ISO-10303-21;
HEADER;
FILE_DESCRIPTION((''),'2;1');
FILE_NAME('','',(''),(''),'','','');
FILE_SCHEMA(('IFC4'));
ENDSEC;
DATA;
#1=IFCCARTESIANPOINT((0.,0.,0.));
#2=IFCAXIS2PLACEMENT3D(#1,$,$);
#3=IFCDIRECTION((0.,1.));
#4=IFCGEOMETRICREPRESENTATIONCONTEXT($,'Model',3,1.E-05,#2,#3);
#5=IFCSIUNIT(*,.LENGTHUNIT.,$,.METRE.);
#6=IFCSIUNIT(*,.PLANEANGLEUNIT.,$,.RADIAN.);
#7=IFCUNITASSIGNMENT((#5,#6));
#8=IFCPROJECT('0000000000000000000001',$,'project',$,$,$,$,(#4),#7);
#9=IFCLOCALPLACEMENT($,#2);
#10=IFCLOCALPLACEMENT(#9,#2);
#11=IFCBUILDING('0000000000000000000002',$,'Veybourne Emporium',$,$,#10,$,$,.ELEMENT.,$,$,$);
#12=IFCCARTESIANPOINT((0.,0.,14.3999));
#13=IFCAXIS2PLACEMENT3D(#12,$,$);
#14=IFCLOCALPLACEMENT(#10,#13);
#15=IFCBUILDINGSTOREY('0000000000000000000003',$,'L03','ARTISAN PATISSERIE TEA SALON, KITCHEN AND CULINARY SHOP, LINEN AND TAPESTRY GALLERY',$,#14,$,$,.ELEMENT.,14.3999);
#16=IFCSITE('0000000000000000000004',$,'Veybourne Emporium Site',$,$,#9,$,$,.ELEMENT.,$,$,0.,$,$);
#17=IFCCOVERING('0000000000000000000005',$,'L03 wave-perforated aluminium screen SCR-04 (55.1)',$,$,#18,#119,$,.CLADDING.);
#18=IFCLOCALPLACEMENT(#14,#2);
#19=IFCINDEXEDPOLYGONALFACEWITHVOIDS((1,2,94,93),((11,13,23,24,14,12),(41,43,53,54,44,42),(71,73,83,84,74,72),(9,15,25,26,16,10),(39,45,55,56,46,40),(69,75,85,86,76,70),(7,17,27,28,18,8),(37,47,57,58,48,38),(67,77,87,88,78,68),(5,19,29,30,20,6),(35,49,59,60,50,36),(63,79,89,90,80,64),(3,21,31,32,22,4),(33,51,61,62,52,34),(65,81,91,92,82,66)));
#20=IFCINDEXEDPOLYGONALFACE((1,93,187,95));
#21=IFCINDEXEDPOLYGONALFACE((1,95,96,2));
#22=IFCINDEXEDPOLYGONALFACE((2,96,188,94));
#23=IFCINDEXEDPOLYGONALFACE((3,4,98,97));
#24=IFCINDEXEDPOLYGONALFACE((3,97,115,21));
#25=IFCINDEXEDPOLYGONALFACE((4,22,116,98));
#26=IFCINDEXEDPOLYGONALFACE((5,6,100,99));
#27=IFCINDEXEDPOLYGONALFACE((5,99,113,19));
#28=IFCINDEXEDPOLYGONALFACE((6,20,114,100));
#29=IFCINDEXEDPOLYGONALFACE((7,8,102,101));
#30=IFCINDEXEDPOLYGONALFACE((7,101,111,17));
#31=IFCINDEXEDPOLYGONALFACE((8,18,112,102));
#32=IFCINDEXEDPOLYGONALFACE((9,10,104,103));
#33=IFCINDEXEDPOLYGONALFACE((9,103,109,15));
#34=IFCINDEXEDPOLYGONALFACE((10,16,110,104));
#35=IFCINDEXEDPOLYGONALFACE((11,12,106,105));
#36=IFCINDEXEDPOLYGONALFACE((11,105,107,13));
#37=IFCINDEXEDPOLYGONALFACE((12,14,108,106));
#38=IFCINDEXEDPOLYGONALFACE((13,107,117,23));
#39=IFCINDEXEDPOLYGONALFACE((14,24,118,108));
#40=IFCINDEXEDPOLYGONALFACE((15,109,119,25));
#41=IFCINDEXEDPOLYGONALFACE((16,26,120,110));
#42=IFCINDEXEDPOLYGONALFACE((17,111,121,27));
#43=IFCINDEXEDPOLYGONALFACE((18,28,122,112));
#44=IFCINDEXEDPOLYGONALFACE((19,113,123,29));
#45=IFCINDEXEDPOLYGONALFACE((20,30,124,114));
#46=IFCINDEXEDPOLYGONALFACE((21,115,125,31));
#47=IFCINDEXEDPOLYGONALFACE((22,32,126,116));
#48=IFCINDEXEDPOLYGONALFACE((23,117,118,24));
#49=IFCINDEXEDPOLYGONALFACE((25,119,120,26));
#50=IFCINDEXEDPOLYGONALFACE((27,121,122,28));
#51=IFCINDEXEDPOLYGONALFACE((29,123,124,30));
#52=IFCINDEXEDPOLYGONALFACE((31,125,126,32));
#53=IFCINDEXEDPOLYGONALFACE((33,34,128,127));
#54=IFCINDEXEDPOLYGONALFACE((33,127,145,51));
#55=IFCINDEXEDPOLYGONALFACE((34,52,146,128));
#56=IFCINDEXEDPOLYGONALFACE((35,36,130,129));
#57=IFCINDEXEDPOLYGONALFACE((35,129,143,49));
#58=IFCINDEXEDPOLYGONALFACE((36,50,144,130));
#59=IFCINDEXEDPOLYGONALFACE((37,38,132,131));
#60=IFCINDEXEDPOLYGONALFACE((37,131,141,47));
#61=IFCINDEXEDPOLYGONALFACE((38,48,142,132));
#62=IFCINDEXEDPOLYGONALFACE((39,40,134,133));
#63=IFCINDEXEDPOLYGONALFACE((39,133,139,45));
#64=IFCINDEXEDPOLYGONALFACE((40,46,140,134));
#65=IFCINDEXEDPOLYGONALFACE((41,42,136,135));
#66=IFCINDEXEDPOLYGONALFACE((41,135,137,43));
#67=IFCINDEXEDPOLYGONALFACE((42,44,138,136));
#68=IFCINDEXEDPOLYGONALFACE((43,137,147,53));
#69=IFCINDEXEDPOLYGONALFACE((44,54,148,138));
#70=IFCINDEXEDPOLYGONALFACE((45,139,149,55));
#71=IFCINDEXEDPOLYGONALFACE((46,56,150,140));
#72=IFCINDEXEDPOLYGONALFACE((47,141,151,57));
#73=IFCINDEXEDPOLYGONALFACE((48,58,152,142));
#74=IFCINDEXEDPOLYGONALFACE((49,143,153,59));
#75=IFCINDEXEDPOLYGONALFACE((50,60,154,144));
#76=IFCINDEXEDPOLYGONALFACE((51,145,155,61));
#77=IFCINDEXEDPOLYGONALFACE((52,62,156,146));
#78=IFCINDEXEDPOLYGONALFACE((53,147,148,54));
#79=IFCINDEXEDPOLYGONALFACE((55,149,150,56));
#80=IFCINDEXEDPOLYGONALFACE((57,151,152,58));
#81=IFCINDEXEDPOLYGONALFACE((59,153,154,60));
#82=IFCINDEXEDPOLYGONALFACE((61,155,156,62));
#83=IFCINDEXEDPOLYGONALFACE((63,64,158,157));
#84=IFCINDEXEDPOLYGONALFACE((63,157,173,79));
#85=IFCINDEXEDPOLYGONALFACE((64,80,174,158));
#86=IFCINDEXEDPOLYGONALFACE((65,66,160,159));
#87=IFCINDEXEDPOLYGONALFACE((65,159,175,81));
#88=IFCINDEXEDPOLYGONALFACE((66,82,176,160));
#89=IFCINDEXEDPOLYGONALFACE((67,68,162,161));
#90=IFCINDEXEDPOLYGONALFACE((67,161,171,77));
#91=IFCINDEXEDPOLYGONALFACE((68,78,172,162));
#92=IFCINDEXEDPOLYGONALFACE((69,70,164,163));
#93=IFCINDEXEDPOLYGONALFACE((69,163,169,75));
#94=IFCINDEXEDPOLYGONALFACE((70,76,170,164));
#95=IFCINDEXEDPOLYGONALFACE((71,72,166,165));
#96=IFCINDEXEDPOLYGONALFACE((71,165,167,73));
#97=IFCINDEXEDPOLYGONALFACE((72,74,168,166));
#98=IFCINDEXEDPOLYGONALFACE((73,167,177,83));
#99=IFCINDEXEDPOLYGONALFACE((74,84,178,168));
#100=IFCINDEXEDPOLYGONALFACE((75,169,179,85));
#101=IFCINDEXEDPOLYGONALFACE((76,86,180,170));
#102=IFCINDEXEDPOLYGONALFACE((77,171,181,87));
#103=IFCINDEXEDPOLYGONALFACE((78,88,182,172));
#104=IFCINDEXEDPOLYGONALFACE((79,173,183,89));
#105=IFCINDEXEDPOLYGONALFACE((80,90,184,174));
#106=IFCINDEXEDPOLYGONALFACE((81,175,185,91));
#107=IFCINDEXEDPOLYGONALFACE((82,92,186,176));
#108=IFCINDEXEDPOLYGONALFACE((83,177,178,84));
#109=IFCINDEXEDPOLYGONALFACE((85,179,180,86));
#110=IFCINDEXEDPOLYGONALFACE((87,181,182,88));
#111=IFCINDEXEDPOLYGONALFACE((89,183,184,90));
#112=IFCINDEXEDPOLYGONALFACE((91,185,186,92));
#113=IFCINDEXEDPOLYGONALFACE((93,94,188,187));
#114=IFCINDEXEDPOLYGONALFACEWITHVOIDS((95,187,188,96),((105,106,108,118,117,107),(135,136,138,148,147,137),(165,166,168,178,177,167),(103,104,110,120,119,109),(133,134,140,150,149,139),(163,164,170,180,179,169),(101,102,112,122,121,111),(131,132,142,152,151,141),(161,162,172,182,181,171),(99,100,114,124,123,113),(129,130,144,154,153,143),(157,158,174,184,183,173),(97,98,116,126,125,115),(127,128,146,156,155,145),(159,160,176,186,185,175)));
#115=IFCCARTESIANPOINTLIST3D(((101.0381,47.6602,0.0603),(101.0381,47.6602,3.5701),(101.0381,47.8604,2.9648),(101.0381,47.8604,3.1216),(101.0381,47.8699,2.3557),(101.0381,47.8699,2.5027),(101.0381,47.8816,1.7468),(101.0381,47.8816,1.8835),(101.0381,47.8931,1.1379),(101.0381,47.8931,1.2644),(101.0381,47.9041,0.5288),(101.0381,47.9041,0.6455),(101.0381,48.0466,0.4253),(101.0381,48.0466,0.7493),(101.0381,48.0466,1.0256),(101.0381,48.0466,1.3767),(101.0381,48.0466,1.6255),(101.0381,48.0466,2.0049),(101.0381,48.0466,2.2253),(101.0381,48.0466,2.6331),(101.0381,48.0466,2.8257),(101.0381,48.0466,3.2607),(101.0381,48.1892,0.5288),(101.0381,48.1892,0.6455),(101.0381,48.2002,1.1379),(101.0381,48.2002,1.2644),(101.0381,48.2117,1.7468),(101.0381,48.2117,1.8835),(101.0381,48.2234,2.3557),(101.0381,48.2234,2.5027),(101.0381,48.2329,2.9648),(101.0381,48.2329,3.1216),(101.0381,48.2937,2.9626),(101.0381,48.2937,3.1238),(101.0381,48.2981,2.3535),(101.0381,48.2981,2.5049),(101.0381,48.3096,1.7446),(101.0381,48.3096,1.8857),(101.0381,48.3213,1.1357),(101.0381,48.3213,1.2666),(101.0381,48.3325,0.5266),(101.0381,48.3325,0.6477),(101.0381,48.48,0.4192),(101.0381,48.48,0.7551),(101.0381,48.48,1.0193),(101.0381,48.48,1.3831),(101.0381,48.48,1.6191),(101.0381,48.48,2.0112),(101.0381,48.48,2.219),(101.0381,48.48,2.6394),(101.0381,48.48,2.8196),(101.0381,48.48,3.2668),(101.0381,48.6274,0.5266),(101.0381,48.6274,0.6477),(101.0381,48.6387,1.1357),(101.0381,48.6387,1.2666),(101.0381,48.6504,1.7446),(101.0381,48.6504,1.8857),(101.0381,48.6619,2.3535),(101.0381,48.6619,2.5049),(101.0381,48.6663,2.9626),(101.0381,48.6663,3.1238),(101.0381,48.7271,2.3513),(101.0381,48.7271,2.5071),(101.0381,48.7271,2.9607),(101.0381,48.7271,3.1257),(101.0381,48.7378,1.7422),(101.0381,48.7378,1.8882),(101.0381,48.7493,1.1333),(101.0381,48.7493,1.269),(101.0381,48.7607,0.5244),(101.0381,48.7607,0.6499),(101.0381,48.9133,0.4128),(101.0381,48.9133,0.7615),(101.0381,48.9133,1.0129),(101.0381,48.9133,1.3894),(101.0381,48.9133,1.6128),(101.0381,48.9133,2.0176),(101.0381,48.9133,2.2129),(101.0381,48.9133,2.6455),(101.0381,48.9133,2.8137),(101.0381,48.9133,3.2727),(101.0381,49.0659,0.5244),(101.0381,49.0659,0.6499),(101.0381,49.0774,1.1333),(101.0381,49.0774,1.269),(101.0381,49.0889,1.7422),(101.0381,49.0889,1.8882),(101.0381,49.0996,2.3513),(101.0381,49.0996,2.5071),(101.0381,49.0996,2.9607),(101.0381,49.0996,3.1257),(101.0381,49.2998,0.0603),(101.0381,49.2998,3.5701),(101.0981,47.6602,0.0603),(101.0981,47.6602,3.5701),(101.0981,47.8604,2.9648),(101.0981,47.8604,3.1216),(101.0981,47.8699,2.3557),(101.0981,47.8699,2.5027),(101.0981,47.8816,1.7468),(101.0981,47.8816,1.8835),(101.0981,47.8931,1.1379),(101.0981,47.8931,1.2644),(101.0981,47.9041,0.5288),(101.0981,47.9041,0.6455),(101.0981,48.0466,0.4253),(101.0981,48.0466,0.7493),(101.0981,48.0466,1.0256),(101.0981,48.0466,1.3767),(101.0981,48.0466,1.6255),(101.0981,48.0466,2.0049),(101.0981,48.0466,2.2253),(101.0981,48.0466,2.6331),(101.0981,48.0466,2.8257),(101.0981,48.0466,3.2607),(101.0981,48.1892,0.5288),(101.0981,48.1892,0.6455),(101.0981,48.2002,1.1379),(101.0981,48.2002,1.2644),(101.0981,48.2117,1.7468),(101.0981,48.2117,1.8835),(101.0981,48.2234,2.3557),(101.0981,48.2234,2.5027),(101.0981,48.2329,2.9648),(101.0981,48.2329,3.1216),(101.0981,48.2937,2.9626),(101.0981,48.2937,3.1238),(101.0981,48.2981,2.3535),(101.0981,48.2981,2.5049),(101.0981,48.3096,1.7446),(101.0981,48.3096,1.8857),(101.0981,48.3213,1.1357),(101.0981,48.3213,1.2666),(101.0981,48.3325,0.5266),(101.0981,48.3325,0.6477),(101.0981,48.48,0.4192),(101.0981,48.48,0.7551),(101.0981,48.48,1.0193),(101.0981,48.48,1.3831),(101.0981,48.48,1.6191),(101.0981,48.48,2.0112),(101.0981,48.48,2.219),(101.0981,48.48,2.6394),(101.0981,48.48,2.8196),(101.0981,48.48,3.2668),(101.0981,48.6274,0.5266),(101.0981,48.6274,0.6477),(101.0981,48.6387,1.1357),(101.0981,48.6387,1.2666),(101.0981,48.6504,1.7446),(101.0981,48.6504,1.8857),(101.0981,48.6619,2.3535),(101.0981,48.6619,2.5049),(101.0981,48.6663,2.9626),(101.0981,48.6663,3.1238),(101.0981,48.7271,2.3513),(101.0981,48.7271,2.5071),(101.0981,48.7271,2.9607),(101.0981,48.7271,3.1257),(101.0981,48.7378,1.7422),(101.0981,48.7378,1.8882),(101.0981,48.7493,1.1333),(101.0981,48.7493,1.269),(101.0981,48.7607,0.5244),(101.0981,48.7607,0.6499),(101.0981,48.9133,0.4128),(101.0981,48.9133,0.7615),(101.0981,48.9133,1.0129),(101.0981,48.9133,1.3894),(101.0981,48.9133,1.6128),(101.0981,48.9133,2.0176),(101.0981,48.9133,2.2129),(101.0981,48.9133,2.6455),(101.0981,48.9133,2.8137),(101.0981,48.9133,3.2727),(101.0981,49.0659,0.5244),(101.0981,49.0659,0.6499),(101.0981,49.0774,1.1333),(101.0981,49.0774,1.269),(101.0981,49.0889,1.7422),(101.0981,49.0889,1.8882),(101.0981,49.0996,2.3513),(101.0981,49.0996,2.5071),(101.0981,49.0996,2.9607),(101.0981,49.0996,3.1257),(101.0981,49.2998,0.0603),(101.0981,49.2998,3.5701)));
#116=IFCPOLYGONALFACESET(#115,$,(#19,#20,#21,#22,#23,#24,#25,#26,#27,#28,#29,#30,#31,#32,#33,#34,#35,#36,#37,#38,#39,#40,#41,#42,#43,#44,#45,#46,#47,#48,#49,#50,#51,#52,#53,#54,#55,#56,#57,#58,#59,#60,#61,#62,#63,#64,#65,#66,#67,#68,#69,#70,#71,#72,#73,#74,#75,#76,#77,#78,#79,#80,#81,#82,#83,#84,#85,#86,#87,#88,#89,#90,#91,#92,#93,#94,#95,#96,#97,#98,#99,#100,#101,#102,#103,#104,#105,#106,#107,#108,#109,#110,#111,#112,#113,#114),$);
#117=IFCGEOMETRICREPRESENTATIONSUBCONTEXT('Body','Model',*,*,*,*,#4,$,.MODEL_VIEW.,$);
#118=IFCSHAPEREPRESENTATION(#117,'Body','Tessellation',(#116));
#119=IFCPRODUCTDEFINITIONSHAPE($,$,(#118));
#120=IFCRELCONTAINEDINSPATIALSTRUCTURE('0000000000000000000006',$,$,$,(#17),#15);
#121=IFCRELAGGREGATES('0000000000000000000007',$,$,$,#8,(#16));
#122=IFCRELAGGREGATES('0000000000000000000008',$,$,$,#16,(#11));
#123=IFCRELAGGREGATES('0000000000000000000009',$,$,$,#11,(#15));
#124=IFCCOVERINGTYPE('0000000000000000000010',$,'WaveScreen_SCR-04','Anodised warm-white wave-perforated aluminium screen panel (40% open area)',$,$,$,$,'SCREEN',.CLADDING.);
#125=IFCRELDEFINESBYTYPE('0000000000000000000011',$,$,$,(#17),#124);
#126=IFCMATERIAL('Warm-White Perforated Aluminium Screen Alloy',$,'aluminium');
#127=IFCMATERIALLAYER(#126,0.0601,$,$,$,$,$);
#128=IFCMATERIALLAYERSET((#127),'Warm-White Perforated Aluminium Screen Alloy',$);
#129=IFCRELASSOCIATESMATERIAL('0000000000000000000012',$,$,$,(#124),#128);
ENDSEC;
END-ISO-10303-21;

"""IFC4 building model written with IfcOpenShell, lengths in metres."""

from ifc_helpers import new_model, si_unit, direction, frame, origin, place, context, subcontext, project, spatial, polyline, outline, extrude, material, layer, layer_set, type_object, element, save


model = new_model("IFC4")

# Units and contexts
model_context = context("Model", 3, precision=1e-05, world=origin(), true_north=direction((0.0, 1.0)))
body_context = subcontext(model_context, "Body", "Model", "MODEL_VIEW")
ifc_project = project(units=[si_unit("LENGTHUNIT", "METRE"), si_unit("PLANEANGLEUNIT", "RADIAN")], contexts=[model_context])

# Site, building, storey
site_placement = place(None, origin())
site = spatial("IfcSite", under=ifc_project, at=site_placement, Name="Veybourne Emporium Site", CompositionType="ELEMENT", RefElevation=0.0)
building_placement = place(site_placement, origin())
building = spatial("IfcBuilding", under=site, at=building_placement, Name="Veybourne Emporium", CompositionType="ELEMENT")
storey_placement = place(building_placement, frame((0.0, 0.0, 14.3999)))
storey = spatial("IfcBuildingStorey", under=building, at=storey_placement, Name="L03", Description="ARTISAN PATISSERIE TEA SALON, KITCHEN AND CULINARY SHOP, LINEN AND TAPESTRY GALLERY", CompositionType="ELEMENT", Elevation=14.3999)

# Covering
ifc_material_1 = material(Name="Warm-White Perforated Aluminium Screen Alloy", Category="aluminium")
ifc_layer_1 = layer(ifc_material_1, 0.0601)
ifc_layer_set_1 = layer_set([ifc_layer_1], Name="Warm-White Perforated Aluminium Screen Alloy")
covering_type_1 = type_object("IfcCoveringType", Name="WaveScreen_SCR-04", Description="Anodised warm-white wave-perforated aluminium screen panel (40% open area)", ElementType="SCREEN", PredefinedType="CLADDING", material=ifc_layer_set_1)
covering_1_placement = place(storey_placement, frame((101.0981, 48.48, 1.8152), z_axis=(-1.0, 0.0, 0.0), x_axis=(0.0, -1.0, 0.0)))
element("IfcCovering", 1, at=covering_1_placement, inside=storey, type_object=covering_type_1, Name="L03 wave-perforated aluminium screen SCR-04 (55.1)", PredefinedType="CLADDING", context=body_context, shape_type="SweptSolid", body=[
    extrude(outline(polyline([(-0.8198, -1.7549), (0.8198, -1.7549), (0.8198, 1.7549), (-0.8198, 1.7549), (-0.8198, -1.7549)]), holes=[polyline([(-0.4333, -1.0537), (-0.2808, -1.1653), (-0.2808, -1.2908), (-0.4333, -1.4023), (-0.5859, -1.2908), (-0.5859, -1.1653), (-0.4333, -1.0537)]), polyline([(-0.4333, -0.4258), (-0.2693, -0.5461), (-0.2693, -0.6819), (-0.4333, -0.8022), (-0.5974, -0.6819), (-0.5974, -0.5461), (-0.4333, -0.4258)]), polyline([(-0.4333, 0.2024), (-0.2578, 0.073), (-0.2578, -0.073), (-0.4333, -0.2024), (-0.6089, -0.073), (-0.6089, 0.073), (-0.4333, 0.2024)]), polyline([(-0.4333, 0.8303), (-0.2471, 0.6919), (-0.2471, 0.5361), (-0.4333, 0.3977), (-0.6196, 0.5361), (-0.6196, 0.6919), (-0.4333, 0.8303)]), polyline([(-0.4333, 1.4575), (-0.2471, 1.3105), (-0.2471, 1.1455), (-0.4333, 0.9985), (-0.6196, 1.1455), (-0.6196, 1.3105), (-0.4333, 1.4575)]), polyline([(0.0, -1.0601), (0.1475, -1.1675), (0.1475, -1.2886), (0.0, -1.396), (-0.1475, -1.2886), (-0.1475, -1.1675), (0.0, -1.0601)]), polyline([(0.0, -0.4321), (0.1587, -0.5486), (0.1587, -0.6794), (0.0, -0.7959), (-0.1587, -0.6794), (-0.1587, -0.5486), (0.0, -0.4321)]), polyline([(0.0, 0.196), (0.1704, 0.0706), (0.1704, -0.0706), (0.0, -0.196), (-0.1704, -0.0706), (-0.1704, 0.0706), (0.0, 0.196)]), polyline([(0.0, 0.8242), (0.1819, 0.6897), (0.1819, 0.5383), (0.0, 0.4038), (-0.1819, 0.5383), (-0.1819, 0.6897), (0.0, 0.8242)]), polyline([(0.0, 1.4517), (0.1863, 1.3086), (0.1863, 1.1475), (0.0, 1.0044), (-0.1863, 1.1475), (-0.1863, 1.3086), (0.0, 1.4517)]), polyline([(0.4333, -1.0659), (0.5759, -1.1697), (0.5759, -1.2864), (0.4333, -1.3899), (0.2908, -1.2864), (0.2908, -1.1697), (0.4333, -1.0659)]), polyline([(0.4333, -0.4385), (0.5869, -0.5508), (0.5869, -0.6772), (0.4333, -0.7896), (0.2798, -0.6772), (0.2798, -0.5508), (0.4333, -0.4385)]), polyline([(0.4333, 0.1897), (0.5984, 0.0684), (0.5984, -0.0684), (0.4333, -0.1897), (0.2683, -0.0684), (0.2683, 0.0684), (0.4333, 0.1897)]), polyline([(0.4333, 0.8179), (0.6101, 0.6875), (0.6101, 0.5405), (0.4333, 0.4102), (0.2566, 0.5405), (0.2566, 0.6875), (0.4333, 0.8179)]), polyline([(0.4333, 1.4456), (0.6196, 1.3064), (0.6196, 1.1497), (0.4333, 1.0105), (0.2471, 1.1497), (0.2471, 1.3064), (0.4333, 1.4456)])]), origin(), (0.0, 0.0, 1.0), 0.0601),
])

save(model, "model.ifc")
